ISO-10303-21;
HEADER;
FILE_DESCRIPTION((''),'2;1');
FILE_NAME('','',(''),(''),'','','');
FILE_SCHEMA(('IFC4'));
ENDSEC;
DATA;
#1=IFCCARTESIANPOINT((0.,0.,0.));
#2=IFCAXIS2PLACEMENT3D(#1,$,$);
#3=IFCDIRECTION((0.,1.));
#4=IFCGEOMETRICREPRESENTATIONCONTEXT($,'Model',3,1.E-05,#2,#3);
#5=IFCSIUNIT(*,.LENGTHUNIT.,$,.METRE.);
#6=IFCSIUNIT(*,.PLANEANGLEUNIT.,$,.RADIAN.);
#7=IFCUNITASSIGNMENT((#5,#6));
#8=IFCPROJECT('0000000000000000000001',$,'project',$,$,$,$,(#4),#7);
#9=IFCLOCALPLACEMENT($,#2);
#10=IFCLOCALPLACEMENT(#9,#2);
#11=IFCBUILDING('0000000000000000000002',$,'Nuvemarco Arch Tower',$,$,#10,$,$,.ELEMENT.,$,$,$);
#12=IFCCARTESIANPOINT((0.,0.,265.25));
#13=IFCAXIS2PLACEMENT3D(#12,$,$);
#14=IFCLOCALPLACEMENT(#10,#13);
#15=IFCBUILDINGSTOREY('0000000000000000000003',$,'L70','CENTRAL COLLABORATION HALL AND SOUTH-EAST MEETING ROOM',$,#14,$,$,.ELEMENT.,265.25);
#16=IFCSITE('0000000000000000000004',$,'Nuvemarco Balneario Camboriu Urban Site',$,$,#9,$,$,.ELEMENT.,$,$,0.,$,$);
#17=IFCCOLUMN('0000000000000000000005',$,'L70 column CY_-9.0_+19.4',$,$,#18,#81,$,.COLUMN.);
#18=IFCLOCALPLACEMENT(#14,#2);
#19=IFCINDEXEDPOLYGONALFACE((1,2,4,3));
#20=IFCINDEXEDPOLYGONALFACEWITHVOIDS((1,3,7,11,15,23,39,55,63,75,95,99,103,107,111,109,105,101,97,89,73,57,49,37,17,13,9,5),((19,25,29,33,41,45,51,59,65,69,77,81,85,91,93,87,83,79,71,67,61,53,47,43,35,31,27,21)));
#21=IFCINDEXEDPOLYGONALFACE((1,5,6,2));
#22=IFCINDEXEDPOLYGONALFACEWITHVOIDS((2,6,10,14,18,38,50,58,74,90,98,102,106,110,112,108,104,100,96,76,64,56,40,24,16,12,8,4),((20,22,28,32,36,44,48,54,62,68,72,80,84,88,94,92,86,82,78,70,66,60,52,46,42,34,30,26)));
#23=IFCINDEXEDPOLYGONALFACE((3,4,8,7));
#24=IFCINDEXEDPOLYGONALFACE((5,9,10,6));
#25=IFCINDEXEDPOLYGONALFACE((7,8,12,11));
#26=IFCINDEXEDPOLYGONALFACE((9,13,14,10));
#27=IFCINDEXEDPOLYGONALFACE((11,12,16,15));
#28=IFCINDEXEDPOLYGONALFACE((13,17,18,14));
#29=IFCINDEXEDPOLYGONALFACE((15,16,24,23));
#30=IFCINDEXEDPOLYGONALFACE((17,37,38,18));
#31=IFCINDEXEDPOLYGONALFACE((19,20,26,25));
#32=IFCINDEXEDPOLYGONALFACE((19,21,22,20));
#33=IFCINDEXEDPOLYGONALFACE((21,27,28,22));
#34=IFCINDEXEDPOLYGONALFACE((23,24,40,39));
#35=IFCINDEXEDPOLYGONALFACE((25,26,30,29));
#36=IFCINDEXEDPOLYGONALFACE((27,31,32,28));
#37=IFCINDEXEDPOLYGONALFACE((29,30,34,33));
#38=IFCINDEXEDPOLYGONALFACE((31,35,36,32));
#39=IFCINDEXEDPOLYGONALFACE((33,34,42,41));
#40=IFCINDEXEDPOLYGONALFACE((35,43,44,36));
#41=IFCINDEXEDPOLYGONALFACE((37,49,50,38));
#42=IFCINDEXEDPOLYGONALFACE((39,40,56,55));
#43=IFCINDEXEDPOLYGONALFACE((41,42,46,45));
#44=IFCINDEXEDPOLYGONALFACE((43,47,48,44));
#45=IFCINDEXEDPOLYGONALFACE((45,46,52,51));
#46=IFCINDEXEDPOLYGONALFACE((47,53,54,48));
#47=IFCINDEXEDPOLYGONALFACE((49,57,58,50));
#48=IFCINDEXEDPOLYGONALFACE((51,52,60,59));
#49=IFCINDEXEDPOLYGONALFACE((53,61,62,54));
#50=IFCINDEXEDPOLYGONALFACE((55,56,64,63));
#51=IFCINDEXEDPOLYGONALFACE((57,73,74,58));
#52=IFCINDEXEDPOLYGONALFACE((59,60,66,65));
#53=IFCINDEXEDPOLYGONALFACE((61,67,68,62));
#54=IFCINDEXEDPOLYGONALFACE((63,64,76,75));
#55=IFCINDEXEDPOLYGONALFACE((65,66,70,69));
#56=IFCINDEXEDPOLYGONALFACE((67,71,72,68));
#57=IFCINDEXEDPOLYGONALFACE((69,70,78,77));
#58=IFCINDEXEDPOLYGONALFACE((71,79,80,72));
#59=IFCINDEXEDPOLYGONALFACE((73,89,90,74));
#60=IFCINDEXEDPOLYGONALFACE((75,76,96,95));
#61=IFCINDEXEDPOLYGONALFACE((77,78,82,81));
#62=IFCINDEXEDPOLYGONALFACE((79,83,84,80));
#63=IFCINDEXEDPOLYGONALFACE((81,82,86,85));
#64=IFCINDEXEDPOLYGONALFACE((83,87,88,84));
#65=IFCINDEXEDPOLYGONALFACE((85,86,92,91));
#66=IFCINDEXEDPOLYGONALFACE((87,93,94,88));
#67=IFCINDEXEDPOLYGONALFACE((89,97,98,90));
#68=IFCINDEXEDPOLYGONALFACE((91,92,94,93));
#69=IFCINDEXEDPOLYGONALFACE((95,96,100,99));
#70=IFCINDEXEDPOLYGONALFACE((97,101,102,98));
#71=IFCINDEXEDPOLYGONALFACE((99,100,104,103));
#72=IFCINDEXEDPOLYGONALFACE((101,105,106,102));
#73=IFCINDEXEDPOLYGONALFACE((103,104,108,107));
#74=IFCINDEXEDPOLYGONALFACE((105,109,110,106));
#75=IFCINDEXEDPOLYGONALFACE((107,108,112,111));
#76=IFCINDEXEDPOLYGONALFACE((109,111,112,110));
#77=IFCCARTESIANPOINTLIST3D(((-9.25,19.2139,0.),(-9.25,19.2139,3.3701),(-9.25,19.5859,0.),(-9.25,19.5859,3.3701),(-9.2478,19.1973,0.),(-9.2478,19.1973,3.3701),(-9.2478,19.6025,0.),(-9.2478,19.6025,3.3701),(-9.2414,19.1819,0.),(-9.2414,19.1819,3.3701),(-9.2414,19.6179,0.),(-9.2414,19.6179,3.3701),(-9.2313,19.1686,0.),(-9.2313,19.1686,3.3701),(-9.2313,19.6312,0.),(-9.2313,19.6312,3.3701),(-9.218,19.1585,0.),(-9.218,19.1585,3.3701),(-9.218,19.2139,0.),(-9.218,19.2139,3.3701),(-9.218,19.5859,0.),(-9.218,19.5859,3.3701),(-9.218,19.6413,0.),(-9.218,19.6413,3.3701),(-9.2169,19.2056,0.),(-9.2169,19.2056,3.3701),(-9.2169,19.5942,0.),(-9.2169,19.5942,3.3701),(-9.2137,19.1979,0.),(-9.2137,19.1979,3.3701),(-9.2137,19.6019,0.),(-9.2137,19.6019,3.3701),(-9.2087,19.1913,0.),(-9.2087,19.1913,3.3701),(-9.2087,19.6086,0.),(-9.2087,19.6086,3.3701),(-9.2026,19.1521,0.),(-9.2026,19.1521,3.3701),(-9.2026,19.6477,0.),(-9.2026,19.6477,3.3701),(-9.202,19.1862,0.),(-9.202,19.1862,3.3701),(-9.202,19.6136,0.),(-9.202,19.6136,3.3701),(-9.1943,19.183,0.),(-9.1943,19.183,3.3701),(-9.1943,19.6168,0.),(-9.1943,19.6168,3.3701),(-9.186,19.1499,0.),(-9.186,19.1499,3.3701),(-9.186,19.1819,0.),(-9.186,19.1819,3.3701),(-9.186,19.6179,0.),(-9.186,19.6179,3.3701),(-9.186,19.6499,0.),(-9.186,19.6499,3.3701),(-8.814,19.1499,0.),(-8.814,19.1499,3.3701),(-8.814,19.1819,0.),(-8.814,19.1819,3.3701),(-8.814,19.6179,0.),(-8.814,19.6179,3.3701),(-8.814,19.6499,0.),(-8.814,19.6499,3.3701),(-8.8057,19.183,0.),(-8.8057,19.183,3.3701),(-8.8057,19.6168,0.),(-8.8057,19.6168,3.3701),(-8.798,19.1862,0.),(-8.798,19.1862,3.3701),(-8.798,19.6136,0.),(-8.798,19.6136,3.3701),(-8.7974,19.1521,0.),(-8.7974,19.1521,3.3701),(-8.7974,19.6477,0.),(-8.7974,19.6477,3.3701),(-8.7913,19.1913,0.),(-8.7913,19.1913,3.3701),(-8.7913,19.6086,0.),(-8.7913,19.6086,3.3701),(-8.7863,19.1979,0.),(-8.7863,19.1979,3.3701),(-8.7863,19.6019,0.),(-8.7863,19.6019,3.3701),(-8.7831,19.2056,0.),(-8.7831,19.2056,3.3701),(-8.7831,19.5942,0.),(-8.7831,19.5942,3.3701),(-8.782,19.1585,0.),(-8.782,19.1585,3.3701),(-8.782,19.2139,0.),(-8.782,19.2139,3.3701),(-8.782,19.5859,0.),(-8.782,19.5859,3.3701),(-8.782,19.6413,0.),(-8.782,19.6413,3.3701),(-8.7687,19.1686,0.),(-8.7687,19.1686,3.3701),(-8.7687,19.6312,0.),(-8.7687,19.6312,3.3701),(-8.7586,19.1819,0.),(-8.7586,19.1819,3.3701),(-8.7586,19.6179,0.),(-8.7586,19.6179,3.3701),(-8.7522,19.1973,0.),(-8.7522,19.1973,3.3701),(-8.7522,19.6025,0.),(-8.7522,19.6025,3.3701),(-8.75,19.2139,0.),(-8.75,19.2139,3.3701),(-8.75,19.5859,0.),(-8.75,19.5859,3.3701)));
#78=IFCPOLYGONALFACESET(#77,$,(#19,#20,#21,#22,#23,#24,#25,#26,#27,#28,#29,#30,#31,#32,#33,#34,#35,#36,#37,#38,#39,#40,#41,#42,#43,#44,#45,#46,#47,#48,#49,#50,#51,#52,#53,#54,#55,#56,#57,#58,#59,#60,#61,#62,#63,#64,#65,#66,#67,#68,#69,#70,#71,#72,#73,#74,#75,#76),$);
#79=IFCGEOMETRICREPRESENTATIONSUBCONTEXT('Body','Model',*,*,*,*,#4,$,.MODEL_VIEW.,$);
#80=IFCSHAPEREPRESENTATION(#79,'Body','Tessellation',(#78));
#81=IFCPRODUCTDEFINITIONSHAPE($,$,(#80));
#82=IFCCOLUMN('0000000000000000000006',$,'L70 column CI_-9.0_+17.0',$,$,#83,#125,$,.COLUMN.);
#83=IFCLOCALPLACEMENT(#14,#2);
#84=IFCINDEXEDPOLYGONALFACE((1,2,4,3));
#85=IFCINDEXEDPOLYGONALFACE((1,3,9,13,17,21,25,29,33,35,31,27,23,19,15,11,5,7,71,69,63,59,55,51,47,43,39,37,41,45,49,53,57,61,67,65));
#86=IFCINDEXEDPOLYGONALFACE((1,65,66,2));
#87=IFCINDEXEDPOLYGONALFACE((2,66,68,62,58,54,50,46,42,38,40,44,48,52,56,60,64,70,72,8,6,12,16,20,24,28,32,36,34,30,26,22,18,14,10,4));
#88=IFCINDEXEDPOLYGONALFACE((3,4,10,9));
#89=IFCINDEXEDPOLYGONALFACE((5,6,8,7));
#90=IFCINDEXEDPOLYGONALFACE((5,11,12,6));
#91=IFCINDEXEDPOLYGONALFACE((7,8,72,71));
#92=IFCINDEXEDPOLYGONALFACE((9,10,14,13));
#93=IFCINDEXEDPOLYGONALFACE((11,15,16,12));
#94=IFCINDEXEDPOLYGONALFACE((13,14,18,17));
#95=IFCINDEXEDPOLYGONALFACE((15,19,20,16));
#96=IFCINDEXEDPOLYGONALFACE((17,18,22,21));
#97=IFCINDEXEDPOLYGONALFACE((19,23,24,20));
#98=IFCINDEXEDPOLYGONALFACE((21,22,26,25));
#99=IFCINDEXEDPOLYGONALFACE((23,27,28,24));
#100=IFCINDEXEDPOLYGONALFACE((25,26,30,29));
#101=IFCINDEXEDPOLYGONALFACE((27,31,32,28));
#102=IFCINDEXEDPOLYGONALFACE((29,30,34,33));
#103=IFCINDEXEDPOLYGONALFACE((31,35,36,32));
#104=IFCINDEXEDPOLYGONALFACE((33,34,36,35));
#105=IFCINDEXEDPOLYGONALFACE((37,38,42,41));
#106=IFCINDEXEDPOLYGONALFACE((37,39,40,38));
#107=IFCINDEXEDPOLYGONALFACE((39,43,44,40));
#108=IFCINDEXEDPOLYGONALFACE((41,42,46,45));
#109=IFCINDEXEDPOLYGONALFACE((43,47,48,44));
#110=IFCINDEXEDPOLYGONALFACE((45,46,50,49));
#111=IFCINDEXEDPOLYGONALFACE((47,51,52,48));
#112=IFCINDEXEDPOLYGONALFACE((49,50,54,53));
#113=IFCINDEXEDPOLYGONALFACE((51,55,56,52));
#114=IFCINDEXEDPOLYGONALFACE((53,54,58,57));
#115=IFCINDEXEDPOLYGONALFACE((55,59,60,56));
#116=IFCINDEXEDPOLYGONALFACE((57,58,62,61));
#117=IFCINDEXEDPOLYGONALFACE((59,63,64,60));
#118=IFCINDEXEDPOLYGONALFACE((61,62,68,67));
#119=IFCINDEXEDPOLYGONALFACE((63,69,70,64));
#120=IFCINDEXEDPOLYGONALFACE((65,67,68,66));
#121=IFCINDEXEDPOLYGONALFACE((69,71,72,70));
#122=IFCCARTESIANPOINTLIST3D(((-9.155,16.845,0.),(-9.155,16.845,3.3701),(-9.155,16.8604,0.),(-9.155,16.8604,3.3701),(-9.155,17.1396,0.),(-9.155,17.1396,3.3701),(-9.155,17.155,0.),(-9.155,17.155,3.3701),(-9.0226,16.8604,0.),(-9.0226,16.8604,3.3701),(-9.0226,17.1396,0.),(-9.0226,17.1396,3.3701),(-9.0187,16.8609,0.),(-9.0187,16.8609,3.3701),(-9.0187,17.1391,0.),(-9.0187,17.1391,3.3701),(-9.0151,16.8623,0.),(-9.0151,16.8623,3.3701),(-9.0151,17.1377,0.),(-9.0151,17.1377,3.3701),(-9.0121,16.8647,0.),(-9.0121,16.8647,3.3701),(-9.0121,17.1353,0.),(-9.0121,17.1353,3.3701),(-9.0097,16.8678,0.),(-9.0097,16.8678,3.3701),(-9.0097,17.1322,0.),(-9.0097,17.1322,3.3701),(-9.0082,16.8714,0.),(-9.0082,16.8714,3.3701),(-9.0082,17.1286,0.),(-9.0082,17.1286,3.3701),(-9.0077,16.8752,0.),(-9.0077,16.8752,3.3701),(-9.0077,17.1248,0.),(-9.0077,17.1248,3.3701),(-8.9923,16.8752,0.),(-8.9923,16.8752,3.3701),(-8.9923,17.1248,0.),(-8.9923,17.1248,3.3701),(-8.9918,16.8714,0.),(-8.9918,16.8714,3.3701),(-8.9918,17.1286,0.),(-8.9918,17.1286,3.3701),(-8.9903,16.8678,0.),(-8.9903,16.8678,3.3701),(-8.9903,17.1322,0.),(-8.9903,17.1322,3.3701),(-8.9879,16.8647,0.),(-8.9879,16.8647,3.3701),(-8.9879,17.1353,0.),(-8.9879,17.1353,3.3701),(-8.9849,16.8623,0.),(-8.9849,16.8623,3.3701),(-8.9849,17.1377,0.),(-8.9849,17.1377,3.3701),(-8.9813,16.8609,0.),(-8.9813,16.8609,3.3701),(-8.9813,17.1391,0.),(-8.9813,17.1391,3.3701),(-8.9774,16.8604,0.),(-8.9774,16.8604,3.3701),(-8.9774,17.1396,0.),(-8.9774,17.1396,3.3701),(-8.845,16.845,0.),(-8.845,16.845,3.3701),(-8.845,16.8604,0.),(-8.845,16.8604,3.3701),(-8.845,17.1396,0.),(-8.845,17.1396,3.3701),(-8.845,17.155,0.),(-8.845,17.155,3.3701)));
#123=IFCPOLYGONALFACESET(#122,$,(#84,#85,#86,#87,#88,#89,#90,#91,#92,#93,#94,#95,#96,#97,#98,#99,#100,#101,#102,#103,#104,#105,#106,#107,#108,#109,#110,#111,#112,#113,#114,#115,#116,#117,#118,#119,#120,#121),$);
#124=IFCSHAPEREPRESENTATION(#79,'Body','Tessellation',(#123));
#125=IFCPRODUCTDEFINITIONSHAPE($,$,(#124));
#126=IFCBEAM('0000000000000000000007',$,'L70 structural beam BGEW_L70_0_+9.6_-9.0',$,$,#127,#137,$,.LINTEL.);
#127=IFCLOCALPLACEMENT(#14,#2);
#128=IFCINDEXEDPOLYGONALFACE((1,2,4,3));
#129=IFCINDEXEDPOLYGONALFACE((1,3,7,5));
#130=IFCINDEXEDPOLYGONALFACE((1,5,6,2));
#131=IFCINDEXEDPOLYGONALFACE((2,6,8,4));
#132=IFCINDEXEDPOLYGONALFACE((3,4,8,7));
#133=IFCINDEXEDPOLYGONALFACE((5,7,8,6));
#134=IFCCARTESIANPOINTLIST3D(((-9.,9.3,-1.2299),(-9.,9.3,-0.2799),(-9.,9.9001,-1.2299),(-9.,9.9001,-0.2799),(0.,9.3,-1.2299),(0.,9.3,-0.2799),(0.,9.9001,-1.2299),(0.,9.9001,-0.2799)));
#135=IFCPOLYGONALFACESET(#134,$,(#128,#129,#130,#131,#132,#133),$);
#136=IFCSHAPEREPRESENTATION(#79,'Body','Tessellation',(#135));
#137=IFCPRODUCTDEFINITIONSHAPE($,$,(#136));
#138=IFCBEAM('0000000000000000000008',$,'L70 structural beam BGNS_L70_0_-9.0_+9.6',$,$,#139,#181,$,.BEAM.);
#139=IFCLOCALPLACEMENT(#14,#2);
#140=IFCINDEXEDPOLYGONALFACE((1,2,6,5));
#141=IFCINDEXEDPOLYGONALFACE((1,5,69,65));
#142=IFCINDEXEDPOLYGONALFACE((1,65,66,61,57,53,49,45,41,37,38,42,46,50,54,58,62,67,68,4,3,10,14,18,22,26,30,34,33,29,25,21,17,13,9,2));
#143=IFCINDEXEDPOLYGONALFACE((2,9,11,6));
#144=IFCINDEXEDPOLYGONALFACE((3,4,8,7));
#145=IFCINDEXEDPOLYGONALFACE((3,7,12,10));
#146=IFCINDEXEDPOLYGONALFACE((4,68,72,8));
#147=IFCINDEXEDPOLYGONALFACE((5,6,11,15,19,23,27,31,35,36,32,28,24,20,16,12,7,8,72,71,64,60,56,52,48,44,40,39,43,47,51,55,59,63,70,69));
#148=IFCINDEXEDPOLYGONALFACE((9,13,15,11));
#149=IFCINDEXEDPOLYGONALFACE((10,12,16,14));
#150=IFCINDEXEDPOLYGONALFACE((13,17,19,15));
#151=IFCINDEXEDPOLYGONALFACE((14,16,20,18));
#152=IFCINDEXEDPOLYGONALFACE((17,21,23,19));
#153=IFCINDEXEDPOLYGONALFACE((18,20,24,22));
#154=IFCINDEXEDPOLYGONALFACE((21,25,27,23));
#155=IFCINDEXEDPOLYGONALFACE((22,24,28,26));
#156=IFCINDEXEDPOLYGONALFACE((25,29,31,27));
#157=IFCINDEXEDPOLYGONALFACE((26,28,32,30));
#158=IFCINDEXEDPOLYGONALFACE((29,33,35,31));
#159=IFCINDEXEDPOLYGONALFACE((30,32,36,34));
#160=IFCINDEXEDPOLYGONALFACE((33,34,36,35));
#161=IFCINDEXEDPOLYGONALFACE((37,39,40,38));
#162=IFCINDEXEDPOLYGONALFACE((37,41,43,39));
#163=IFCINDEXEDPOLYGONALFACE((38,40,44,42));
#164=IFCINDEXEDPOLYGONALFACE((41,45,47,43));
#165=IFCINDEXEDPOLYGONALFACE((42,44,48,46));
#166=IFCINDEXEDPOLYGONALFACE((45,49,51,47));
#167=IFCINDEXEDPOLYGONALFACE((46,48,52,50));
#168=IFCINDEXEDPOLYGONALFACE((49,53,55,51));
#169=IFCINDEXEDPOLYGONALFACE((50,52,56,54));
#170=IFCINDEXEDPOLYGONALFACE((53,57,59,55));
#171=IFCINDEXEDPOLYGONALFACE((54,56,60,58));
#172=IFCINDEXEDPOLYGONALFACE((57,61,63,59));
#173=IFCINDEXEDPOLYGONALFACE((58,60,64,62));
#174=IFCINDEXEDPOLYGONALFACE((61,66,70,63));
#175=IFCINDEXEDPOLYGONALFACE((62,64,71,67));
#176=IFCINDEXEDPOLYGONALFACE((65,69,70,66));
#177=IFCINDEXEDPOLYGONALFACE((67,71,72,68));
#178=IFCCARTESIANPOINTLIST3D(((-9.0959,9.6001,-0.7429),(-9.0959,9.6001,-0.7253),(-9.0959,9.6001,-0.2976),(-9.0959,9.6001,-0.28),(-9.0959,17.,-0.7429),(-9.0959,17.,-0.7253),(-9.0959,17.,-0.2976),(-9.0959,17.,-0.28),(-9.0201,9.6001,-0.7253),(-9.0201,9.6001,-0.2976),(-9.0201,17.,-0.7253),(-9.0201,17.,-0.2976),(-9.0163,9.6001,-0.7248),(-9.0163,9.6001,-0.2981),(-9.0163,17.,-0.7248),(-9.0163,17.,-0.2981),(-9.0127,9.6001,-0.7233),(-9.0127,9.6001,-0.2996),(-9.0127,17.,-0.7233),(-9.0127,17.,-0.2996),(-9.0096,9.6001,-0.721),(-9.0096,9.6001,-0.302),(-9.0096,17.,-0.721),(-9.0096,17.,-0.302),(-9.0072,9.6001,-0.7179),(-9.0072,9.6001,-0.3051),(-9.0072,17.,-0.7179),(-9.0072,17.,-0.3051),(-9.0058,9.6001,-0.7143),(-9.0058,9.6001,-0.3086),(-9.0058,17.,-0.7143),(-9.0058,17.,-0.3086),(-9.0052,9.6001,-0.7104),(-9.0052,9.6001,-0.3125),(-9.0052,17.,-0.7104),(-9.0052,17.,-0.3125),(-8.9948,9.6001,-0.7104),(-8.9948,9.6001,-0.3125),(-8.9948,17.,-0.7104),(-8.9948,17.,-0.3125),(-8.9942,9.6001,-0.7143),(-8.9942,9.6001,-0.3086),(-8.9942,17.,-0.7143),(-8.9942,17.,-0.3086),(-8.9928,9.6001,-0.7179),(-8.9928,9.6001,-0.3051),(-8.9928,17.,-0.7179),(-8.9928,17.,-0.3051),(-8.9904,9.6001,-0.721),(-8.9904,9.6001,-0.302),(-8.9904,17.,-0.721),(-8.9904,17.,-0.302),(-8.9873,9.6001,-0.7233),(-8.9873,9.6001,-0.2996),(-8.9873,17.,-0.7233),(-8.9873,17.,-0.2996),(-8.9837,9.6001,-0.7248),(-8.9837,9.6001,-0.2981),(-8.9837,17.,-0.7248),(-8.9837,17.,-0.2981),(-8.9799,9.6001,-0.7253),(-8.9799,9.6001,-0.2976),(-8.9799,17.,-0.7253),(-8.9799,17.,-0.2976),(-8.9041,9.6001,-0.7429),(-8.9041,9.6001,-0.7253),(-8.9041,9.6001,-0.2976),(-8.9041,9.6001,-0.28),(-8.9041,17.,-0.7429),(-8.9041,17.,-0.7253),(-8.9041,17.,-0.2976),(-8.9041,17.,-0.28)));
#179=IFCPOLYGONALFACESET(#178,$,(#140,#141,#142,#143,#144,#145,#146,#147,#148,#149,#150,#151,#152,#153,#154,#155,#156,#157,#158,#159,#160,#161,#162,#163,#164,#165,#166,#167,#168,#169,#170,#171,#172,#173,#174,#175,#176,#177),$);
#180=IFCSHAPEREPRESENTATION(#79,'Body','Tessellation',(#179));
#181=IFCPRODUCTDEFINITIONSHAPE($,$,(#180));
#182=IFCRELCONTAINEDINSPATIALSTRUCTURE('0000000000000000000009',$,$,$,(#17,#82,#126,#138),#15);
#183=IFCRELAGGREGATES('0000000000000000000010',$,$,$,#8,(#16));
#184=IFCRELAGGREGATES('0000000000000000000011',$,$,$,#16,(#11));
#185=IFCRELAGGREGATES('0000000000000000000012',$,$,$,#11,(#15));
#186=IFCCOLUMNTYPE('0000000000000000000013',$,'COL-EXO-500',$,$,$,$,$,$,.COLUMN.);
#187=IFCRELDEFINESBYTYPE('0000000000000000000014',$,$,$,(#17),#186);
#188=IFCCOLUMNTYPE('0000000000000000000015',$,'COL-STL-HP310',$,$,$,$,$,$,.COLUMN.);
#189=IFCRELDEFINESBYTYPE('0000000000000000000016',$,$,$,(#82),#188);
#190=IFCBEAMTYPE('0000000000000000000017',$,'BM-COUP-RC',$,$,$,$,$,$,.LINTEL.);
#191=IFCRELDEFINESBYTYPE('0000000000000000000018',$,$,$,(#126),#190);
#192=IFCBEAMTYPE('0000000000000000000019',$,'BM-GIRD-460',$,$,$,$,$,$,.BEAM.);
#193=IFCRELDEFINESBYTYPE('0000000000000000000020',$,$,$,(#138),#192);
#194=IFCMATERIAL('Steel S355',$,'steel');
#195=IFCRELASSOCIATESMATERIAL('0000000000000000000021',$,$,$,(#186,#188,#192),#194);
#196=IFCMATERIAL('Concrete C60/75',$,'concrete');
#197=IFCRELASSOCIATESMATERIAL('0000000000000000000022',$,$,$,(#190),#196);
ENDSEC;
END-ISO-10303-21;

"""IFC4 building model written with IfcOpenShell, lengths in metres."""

from ifc_helpers import new_model, si_unit, direction, frame, origin, origin_2d, place, context, subcontext, project, spatial, rectangle, hollow_rectangle, i_section, extrude, material, material_profile, profile_set, type_object, element, save


model = new_model("IFC4")

# Units and contexts
model_context = context("Model", 3, precision=1e-05, world=origin(), true_north=direction((0.0, 1.0)))
body_context = subcontext(model_context, "Body", "Model", "MODEL_VIEW")
ifc_project = project(units=[si_unit("LENGTHUNIT", "METRE"), si_unit("PLANEANGLEUNIT", "RADIAN")], contexts=[model_context])

# Site, building, storey
site_placement = place(None, origin())
site = spatial("IfcSite", under=ifc_project, at=site_placement, Name="Nuvemarco Balneario Camboriu Urban Site", CompositionType="ELEMENT", RefElevation=0.0)
building_placement = place(site_placement, origin())
building = spatial("IfcBuilding", under=site, at=building_placement, Name="Nuvemarco Arch Tower", CompositionType="ELEMENT")
storey_placement = place(building_placement, frame((0.0, 0.0, 265.25)))
storey = spatial("IfcBuildingStorey", under=building, at=storey_placement, Name="L70", Description="CENTRAL COLLABORATION HALL AND SOUTH-EAST MEETING ROOM", CompositionType="ELEMENT", Elevation=265.25)

# Columns
ifc_material_1 = material(Name="Steel S355", Category="steel")
ifc_material_profile_1 = material_profile(ifc_material_1, hollow_rectangle(XDim=0.5, YDim=0.5, WallThickness=0.032, InnerFilletRadius=0.032, OuterFilletRadius=0.064, at=origin_2d()), Name="SHS500x500x32")
ifc_profile_set_1 = profile_set([ifc_material_profile_1], Name="Steel S355")
column_type_1 = type_object("IfcColumnType", Name="COL-EXO-500", PredefinedType="COLUMN", material=ifc_profile_set_1)
column_1_placement = place(storey_placement, frame((-9.0, 19.3999, 0.0), z_axis=(0.0, 0.0, 1.0), x_axis=(1.0, 0.0, 0.0)))
element("IfcColumn", 1, at=column_1_placement, inside=storey, type_object=column_type_1, Name="L70 column CY_-9.0_+19.4", PredefinedType="COLUMN", context=body_context, shape_type="SweptSolid", body=[
    extrude(hollow_rectangle(XDim=0.5, YDim=0.5, WallThickness=0.032, InnerFilletRadius=0.032, OuterFilletRadius=0.064, at=origin_2d()), origin(), (0.0, 0.0, 1.0), 3.3701),
])
ifc_material_profile_2 = material_profile(ifc_material_1, i_section(OverallWidth=0.3101, OverallDepth=0.3101, WebThickness=0.0154, FlangeThickness=0.0154, FilletRadius=0.0149, at=origin_2d()), Name="HP310x110")
ifc_profile_set_2 = profile_set([ifc_material_profile_2], Name="Steel S355")
column_type_2 = type_object("IfcColumnType", Name="COL-STL-HP310", PredefinedType="COLUMN", material=ifc_profile_set_2)
column_2_placement = place(storey_placement, frame((-9.0, 17.0, 0.0), z_axis=(0.0, 0.0, 1.0), x_axis=(1.0, 0.0, 0.0)))
element("IfcColumn", 2, at=column_2_placement, inside=storey, type_object=column_type_2, Name="L70 column CI_-9.0_+17.0", PredefinedType="COLUMN", context=body_context, shape_type="SweptSolid", body=[
    extrude(i_section(OverallWidth=0.3101, OverallDepth=0.3101, WebThickness=0.0154, FlangeThickness=0.0154, FilletRadius=0.0149, at=origin_2d()), origin(), (0.0, 0.0, 1.0), 3.3701),
])

# Beams
ifc_material_2 = material(Name="Concrete C60/75", Category="concrete")
ifc_material_profile_3 = material_profile(ifc_material_2, rectangle(XDim=0.6001, YDim=0.95, at=origin_2d()), Name="RC-BM-600x950")
ifc_profile_set_3 = profile_set([ifc_material_profile_3], Name="Concrete C60/75")
beam_type_1 = type_object("IfcBeamType", Name="BM-COUP-RC", PredefinedType="LINTEL", material=ifc_profile_set_3)
beam_1_placement = place(storey_placement, frame((-9.0, 9.6001, -0.7549), z_axis=(1.0, 0.0, 0.0), x_axis=(0.0, 1.0, 0.0)))
element("IfcBeam", 3, at=beam_1_placement, inside=storey, type_object=beam_type_1, Name="L70 structural beam BGEW_L70_0_+9.6_-9.0", PredefinedType="LINTEL", context=body_context, shape_type="SweptSolid", body=[
    extrude(rectangle(XDim=0.6001, YDim=0.95, at=origin_2d()), origin(), (0.0, 0.0, 1.0), 9.0),
])
ifc_material_profile_4 = material_profile(ifc_material_1, i_section(OverallWidth=0.1919, OverallDepth=0.4629, WebThickness=0.0105, FlangeThickness=0.0176, FilletRadius=0.0149, at=origin_2d()), Name="W460x89")
ifc_profile_set_4 = profile_set([ifc_material_profile_4], Name="Steel S355")
beam_type_2 = type_object("IfcBeamType", Name="BM-GIRD-460", PredefinedType="BEAM", material=ifc_profile_set_4)
beam_2_placement = place(storey_placement, frame((-9.0, 9.6001, -0.5115), z_axis=(0.0, 1.0, 0.0), x_axis=(-1.0, 0.0, 0.0)))
element("IfcBeam", 4, at=beam_2_placement, inside=storey, type_object=beam_type_2, Name="L70 structural beam BGNS_L70_0_-9.0_+9.6", PredefinedType="BEAM", context=body_context, shape_type="SweptSolid", body=[
    extrude(i_section(OverallWidth=0.1919, OverallDepth=0.4629, WebThickness=0.0105, FlangeThickness=0.0176, FilletRadius=0.0149, at=origin_2d()), origin(), (0.0, 0.0, 1.0), 7.3999),
])

save(model, "model.ifc")
